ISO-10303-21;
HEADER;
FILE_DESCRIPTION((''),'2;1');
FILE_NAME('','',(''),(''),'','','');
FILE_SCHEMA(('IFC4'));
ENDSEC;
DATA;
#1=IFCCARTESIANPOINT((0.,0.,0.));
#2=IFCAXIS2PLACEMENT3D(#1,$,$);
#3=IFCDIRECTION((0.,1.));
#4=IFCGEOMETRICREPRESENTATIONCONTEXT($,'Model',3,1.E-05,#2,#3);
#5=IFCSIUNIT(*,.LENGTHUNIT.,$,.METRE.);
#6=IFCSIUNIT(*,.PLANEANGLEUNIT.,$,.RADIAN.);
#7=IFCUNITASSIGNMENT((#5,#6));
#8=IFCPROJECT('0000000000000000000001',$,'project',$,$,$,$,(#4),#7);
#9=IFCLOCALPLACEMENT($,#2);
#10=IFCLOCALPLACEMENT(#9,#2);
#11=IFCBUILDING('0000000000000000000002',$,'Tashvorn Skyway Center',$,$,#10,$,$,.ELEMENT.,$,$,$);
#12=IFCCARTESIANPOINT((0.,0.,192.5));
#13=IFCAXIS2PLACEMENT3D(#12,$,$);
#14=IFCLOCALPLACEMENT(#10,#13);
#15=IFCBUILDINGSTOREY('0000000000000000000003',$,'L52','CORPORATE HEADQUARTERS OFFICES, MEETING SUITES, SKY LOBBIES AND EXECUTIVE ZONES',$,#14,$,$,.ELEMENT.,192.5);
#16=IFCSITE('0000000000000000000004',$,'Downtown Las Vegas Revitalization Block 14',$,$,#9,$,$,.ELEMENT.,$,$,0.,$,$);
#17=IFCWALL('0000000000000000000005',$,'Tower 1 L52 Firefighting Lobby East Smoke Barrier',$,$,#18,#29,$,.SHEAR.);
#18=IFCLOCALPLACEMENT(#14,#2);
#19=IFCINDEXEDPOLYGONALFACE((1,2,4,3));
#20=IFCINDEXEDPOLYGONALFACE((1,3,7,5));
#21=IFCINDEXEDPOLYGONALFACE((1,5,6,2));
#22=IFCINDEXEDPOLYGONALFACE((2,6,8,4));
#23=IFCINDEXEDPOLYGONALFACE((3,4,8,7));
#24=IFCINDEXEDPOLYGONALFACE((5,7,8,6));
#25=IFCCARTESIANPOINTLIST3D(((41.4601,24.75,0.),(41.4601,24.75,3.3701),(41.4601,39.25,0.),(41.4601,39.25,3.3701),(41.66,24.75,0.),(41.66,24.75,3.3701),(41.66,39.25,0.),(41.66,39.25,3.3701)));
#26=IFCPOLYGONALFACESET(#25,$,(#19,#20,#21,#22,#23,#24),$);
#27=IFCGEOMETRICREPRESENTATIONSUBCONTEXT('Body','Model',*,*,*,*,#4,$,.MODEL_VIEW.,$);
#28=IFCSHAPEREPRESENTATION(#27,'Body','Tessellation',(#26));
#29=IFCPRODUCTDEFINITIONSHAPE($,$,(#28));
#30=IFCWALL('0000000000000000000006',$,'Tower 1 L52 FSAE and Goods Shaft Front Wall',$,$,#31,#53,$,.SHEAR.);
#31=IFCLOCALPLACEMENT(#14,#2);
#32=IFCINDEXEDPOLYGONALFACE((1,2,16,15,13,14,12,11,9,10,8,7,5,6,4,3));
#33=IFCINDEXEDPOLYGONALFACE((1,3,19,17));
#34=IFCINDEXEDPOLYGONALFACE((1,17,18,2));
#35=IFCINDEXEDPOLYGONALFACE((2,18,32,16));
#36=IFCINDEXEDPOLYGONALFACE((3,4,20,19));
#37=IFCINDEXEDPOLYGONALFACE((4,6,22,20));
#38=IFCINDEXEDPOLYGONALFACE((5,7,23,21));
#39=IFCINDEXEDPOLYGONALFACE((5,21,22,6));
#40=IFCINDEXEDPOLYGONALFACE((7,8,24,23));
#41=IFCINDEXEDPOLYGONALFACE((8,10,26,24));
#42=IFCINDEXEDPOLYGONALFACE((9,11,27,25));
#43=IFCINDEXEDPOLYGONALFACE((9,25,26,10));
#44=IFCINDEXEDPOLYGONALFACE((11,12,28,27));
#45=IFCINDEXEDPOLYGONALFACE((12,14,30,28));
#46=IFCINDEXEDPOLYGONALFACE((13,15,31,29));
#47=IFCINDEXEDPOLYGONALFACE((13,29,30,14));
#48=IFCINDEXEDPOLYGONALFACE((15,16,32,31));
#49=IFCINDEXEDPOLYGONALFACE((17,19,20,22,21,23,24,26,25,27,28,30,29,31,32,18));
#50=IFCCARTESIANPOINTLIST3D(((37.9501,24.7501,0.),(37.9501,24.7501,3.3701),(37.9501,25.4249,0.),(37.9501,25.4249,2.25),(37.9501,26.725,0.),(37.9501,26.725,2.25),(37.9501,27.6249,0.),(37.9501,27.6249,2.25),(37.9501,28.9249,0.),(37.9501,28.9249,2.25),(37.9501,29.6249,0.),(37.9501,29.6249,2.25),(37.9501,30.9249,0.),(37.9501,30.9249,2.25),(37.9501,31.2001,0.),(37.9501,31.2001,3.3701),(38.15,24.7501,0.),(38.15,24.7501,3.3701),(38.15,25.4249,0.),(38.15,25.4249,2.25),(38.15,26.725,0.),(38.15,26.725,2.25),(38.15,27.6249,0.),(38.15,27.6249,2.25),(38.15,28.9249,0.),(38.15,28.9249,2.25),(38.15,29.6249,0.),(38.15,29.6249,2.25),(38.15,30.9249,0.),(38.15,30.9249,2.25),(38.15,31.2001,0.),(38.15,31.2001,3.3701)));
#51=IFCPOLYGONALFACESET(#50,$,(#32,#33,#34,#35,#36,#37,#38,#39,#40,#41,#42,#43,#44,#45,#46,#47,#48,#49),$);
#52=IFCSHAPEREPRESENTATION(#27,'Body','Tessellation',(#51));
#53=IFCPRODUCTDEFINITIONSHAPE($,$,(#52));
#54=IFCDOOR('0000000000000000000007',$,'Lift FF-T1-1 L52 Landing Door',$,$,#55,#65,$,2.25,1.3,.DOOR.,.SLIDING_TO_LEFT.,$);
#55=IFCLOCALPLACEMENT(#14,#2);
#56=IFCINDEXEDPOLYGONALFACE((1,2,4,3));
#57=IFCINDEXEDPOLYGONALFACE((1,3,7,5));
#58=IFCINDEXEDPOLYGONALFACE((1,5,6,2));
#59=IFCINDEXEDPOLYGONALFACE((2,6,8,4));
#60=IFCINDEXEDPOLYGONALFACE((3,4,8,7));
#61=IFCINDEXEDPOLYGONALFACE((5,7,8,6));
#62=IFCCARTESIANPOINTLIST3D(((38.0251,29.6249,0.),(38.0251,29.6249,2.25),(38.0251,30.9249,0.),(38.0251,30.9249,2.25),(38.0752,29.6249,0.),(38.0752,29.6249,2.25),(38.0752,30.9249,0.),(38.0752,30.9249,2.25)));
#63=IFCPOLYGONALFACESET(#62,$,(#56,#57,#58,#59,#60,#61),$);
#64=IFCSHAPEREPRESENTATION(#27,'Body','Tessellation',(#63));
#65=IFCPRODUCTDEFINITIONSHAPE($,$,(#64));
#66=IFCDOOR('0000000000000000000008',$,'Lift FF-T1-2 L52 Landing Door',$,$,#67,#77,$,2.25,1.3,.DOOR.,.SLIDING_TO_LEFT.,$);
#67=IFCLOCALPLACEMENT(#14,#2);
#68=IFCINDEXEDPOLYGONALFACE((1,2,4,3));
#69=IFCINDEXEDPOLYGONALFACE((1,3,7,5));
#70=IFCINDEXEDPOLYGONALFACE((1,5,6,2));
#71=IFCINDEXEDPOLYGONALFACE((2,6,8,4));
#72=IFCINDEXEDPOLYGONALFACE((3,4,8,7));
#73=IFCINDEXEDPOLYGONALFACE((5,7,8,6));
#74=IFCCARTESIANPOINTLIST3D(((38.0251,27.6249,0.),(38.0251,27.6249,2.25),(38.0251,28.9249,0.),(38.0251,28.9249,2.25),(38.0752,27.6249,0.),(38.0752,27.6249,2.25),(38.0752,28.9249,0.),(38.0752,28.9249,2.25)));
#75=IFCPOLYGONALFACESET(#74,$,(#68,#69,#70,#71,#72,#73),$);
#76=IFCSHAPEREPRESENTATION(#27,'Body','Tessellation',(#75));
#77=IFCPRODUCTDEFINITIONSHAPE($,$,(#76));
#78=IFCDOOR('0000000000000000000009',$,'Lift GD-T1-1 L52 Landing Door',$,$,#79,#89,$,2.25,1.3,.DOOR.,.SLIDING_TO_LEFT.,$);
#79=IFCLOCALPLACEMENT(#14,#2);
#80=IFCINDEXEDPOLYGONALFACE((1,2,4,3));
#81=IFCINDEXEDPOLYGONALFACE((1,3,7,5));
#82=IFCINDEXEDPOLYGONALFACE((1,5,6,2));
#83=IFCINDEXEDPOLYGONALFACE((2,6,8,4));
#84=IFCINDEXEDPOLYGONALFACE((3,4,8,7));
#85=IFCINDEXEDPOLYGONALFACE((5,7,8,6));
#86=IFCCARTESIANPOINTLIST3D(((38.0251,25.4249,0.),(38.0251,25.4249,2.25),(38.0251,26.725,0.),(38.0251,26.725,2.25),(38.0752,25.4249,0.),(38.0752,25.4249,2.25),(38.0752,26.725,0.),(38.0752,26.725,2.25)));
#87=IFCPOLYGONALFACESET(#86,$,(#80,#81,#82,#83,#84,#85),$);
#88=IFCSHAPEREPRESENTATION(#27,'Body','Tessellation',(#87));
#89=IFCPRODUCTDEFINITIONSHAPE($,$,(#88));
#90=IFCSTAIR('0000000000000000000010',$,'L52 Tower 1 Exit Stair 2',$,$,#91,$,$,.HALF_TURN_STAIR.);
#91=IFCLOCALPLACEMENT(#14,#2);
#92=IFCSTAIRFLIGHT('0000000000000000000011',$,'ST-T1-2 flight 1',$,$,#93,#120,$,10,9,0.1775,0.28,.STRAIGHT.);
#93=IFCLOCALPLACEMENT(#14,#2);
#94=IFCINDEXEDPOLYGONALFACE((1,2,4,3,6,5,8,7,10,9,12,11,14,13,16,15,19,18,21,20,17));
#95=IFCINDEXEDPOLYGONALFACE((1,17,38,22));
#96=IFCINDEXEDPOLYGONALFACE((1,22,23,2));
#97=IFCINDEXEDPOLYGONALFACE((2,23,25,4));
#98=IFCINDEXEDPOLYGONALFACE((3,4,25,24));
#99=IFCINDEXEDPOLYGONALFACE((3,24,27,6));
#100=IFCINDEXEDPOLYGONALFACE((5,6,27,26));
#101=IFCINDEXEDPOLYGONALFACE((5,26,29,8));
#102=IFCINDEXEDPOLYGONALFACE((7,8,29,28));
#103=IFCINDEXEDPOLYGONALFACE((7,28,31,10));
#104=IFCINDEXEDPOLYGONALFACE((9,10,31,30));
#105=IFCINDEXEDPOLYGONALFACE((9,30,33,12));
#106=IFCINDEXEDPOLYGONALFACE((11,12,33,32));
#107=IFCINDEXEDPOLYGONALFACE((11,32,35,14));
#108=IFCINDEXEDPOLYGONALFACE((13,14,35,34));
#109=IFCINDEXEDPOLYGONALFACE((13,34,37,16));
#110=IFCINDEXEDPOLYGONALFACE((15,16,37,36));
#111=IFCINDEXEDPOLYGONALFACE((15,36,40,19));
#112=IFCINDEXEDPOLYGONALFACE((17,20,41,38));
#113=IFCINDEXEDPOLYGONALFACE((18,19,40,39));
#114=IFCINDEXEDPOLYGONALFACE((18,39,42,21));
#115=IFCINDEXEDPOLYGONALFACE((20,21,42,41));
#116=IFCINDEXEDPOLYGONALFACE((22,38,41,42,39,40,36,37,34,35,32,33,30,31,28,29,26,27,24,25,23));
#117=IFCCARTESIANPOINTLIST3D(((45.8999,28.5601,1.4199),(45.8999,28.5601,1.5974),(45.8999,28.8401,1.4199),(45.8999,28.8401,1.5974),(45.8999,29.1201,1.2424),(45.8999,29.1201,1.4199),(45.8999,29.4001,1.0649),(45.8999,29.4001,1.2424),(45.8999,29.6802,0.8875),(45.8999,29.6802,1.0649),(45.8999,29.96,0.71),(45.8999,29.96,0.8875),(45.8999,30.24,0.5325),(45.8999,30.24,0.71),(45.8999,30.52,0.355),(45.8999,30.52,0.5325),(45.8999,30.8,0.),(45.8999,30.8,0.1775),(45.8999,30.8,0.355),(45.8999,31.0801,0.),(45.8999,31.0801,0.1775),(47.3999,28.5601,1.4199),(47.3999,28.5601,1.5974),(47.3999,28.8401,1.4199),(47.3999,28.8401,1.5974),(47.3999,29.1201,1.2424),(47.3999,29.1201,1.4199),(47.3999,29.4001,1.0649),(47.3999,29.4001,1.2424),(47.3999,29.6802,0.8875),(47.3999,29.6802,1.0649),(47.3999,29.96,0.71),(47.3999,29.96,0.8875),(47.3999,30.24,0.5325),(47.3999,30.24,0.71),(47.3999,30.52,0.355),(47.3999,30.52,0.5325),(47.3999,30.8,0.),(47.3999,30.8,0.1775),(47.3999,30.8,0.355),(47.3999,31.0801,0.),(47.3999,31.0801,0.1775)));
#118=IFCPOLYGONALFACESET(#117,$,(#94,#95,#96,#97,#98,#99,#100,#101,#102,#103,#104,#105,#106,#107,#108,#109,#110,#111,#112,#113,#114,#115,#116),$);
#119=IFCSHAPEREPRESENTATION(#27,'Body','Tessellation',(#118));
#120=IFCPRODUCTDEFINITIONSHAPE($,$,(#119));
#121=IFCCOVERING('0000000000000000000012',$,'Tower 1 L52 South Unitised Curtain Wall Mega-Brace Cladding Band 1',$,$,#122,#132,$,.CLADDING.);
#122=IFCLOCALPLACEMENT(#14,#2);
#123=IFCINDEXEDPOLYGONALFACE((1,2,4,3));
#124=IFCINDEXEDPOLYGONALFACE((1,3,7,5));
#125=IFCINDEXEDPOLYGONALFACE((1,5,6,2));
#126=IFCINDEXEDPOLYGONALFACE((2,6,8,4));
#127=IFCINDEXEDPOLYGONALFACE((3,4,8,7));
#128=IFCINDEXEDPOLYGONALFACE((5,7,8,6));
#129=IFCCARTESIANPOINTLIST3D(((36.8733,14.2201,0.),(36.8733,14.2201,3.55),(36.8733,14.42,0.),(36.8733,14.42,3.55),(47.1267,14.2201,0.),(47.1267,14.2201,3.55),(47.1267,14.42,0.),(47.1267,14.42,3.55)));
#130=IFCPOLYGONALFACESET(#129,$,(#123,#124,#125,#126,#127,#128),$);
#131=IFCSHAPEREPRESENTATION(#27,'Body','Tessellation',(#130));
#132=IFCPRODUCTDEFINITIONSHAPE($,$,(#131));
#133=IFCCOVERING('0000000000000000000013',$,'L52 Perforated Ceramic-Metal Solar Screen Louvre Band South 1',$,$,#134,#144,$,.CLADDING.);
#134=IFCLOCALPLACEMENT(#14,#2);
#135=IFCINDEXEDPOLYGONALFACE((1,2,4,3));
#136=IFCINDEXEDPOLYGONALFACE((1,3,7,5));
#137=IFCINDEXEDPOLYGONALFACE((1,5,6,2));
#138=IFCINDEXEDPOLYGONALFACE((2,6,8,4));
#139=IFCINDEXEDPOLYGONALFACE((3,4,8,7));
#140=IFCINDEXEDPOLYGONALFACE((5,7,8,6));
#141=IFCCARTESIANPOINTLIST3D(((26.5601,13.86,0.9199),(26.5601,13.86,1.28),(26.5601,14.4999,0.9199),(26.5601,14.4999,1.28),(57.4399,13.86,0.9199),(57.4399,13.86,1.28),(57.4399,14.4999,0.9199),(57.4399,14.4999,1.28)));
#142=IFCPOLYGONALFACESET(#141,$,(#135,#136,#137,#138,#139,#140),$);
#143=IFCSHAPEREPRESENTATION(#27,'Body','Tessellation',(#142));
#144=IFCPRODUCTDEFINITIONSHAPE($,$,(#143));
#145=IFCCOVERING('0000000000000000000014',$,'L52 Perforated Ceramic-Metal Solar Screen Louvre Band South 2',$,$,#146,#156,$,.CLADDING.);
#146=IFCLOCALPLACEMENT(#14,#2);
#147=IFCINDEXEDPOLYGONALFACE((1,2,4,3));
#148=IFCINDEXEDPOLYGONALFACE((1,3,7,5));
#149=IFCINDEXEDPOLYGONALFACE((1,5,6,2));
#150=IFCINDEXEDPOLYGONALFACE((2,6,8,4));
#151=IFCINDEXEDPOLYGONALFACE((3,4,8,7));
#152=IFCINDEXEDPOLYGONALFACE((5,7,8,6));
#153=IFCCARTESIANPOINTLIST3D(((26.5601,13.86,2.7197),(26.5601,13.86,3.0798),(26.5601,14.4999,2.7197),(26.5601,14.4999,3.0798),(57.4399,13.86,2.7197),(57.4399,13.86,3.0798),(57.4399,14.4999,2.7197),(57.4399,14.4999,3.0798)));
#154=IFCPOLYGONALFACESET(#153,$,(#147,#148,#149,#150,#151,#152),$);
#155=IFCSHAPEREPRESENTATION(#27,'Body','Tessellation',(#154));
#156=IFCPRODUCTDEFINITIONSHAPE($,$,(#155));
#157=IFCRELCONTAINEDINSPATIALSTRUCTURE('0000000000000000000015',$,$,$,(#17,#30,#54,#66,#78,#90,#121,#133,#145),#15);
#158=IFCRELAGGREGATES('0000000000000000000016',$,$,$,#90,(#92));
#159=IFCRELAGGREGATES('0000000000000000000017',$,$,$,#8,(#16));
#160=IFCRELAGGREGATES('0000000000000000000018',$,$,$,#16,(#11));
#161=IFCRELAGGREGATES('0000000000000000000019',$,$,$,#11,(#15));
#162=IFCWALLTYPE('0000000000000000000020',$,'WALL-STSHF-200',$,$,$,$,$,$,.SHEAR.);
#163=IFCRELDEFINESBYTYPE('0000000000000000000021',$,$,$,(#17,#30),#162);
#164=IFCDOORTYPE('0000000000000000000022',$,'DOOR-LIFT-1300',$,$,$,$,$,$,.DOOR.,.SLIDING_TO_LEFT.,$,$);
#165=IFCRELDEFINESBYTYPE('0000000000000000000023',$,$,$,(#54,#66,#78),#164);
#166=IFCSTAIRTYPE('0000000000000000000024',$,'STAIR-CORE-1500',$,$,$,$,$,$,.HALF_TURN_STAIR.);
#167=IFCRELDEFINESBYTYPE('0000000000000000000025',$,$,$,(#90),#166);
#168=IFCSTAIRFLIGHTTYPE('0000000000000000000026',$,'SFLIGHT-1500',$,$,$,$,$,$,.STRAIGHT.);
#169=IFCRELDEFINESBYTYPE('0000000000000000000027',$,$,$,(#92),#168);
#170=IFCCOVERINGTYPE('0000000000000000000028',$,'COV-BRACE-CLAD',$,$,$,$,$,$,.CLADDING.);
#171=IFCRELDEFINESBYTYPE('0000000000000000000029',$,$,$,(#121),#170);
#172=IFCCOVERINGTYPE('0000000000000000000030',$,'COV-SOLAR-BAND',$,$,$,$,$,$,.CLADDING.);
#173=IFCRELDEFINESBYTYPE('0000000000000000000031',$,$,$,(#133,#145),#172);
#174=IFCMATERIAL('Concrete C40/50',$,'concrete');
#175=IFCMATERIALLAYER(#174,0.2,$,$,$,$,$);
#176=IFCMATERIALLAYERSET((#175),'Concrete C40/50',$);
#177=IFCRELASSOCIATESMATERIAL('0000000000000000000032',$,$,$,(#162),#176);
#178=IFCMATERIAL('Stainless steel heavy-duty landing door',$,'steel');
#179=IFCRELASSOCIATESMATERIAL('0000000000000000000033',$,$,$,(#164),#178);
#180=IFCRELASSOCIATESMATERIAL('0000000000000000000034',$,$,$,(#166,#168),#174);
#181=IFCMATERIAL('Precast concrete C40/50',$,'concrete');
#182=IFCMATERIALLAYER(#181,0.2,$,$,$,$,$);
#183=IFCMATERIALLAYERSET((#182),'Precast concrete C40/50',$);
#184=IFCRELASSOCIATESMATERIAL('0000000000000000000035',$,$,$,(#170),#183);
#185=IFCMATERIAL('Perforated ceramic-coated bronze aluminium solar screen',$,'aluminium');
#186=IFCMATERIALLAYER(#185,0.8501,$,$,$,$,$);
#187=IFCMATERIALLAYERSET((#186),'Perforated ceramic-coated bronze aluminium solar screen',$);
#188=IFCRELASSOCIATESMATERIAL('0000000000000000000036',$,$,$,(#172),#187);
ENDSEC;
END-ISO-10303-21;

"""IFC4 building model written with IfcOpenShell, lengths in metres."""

from ifc_helpers import new_model, si_unit, direction, frame, frame_2d, origin, origin_2d, place, context, subcontext, project, spatial, polyline, rectangle, outline, extrude, material, layer, layer_set, type_object, element, fill, aggregate, save


model = new_model("IFC4")

# Units and contexts
model_context = context("Model", 3, precision=1e-05, world=origin(), true_north=direction((0.0, 1.0)))
body_context = subcontext(model_context, "Body", "Model", "MODEL_VIEW")
ifc_project = project(units=[si_unit("LENGTHUNIT", "METRE"), si_unit("PLANEANGLEUNIT", "RADIAN")], contexts=[model_context])

# Site, building, storey
site_placement = place(None, origin())
site = spatial("IfcSite", under=ifc_project, at=site_placement, Name="Downtown Las Vegas Revitalization Block 14", CompositionType="ELEMENT", RefElevation=0.0)
building_placement = place(site_placement, origin())
building = spatial("IfcBuilding", under=site, at=building_placement, Name="Tashvorn Skyway Center", CompositionType="ELEMENT")
storey_placement = place(building_placement, frame((0.0, 0.0, 192.5)))
storey = spatial("IfcBuildingStorey", under=building, at=storey_placement, Name="L52", Description="CORPORATE HEADQUARTERS OFFICES, MEETING SUITES, SKY LOBBIES AND EXECUTIVE ZONES", CompositionType="ELEMENT", Elevation=192.5)

# Shared definitions
ifc_material_1 = material(Name="Concrete C40/50", Category="concrete")

# Shared definitions
ifc_layer_1 = layer(ifc_material_1, 0.2)
ifc_layer_set_1 = layer_set([ifc_layer_1], Name="Concrete C40/50")
wall_type_1 = type_object("IfcWallType", Name="WALL-STSHF-200", PredefinedType="SHEAR", material=ifc_layer_set_1)

# Wall
wall_1_placement = place(storey_placement, frame((41.5601, 24.75, 0.0), z_axis=(0.0, 0.0, 1.0), x_axis=(0.0, 1.0, 0.0)))
element("IfcWall", 1, at=wall_1_placement, inside=storey, type_object=wall_type_1, Name="Tower 1 L52 Firefighting Lobby East Smoke Barrier", PredefinedType="SHEAR", context=body_context, shape_type="SweptSolid", body=[
    extrude(rectangle(XDim=14.5, YDim=0.2, at=frame_2d((7.25, 0.0))), origin(), (0.0, 0.0, 1.0), 3.3701),
])

# Wall, openings, doors
wall_2_placement = place(storey_placement, frame((38.05, 24.75, 0.0), z_axis=(0.0, 0.0, 1.0), x_axis=(0.0, 1.0, 0.0)))
wall_2 = element("IfcWall", 2, at=wall_2_placement, inside=storey, type_object=wall_type_1, Name="Tower 1 L52 FSAE and Goods Shaft Front Wall", PredefinedType="SHEAR", context=body_context, shape_type="SweptSolid", body=[
    extrude(rectangle(XDim=6.45, YDim=0.2, at=frame_2d((3.2251, 0.0))), origin(), (0.0, 0.0, 1.0), 3.3701),
])
opening_1_placement = place(wall_2_placement, frame((4.875, 0.0, 0.0)))
opening_1 = element("IfcOpeningElement", 3, at=opening_1_placement, cuts=wall_2, PredefinedType="OPENING", context=body_context, shape_type="SweptSolid", body=[
    extrude(rectangle(XDim=1.3, YDim=2.25, at=frame_2d((0.6499, 1.125))), frame((0.0, 0.1099, 0.0), z_axis=(0.0, -1.0, 0.0), x_axis=(1.0, 0.0, 0.0)), (0.0, 0.0, 1.0), 0.22),
])
opening_2_placement = place(wall_2_placement, frame((2.875, 0.0, 0.0)))
opening_2 = element("IfcOpeningElement", 4, at=opening_2_placement, cuts=wall_2, PredefinedType="OPENING", context=body_context, shape_type="SweptSolid", body=[
    extrude(rectangle(XDim=1.3, YDim=2.25, at=frame_2d((0.6499, 1.125))), frame((0.0, 0.1099, 0.0), z_axis=(0.0, -1.0, 0.0), x_axis=(1.0, 0.0, 0.0)), (0.0, 0.0, 1.0), 0.22),
])
opening_3_placement = place(wall_2_placement, frame((0.675, 0.0, 0.0)))
opening_3 = element("IfcOpeningElement", 5, at=opening_3_placement, cuts=wall_2, PredefinedType="OPENING", context=body_context, shape_type="SweptSolid", body=[
    extrude(rectangle(XDim=1.3, YDim=2.25, at=frame_2d((0.6499, 1.125))), frame((0.0, 0.1099, 0.0), z_axis=(0.0, -1.0, 0.0), x_axis=(1.0, 0.0, 0.0)), (0.0, 0.0, 1.0), 0.22),
])
ifc_material_2 = material(Name="Stainless steel heavy-duty landing door", Category="steel")
door_type_1 = type_object("IfcDoorType", Name="DOOR-LIFT-1300", OperationType="SLIDING_TO_LEFT", PredefinedType="DOOR", material=ifc_material_2)
door_1_placement = place(opening_1_placement, origin())
door_1 = element("IfcDoor", 6, at=door_1_placement, inside=storey, type_object=door_type_1, Name="Lift FF-T1-1 L52 Landing Door", OperationType="SLIDING_TO_LEFT", OverallHeight=2.25, OverallWidth=1.3, PredefinedType="DOOR", context=body_context, shape_type="SweptSolid", body=[
    extrude(rectangle(XDim=1.3, YDim=2.25, at=frame_2d((0.6499, 1.125))), frame((0.0, 0.0249, 0.0), z_axis=(0.0, -1.0, 0.0), x_axis=(1.0, 0.0, 0.0)), (0.0, 0.0, 1.0), 0.05),
])
fill(opening_1, door_1)
door_2_placement = place(opening_2_placement, origin())
door_2 = element("IfcDoor", 7, at=door_2_placement, inside=storey, type_object=door_type_1, Name="Lift FF-T1-2 L52 Landing Door", OperationType="SLIDING_TO_LEFT", OverallHeight=2.25, OverallWidth=1.3, PredefinedType="DOOR", context=body_context, shape_type="SweptSolid", body=[
    extrude(rectangle(XDim=1.3, YDim=2.25, at=frame_2d((0.6499, 1.125))), frame((0.0, 0.0249, 0.0), z_axis=(0.0, -1.0, 0.0), x_axis=(1.0, 0.0, 0.0)), (0.0, 0.0, 1.0), 0.05),
])
fill(opening_2, door_2)
door_3_placement = place(opening_3_placement, origin())
door_3 = element("IfcDoor", 8, at=door_3_placement, inside=storey, type_object=door_type_1, Name="Lift GD-T1-1 L52 Landing Door", OperationType="SLIDING_TO_LEFT", OverallHeight=2.25, OverallWidth=1.3, PredefinedType="DOOR", context=body_context, shape_type="SweptSolid", body=[
    extrude(rectangle(XDim=1.3, YDim=2.25, at=frame_2d((0.6499, 1.125))), frame((0.0, 0.0249, 0.0), z_axis=(0.0, -1.0, 0.0), x_axis=(1.0, 0.0, 0.0)), (0.0, 0.0, 1.0), 0.05),
])
fill(opening_3, door_3)

# Stair, stair flight
stair_type = type_object("IfcStairType", Name="STAIR-CORE-1500", PredefinedType="HALF_TURN_STAIR", material=ifc_material_1)
stair_placement = place(storey_placement, origin())
stair = element("IfcStair", 9, at=stair_placement, inside=storey, type_object=stair_type, Name="L52 Tower 1 Exit Stair 2", PredefinedType="HALF_TURN_STAIR")
stair_flight_type = type_object("IfcStairFlightType", Name="SFLIGHT-1500", PredefinedType="STRAIGHT", material=ifc_material_1)
stair_flight_placement = place(storey_placement, frame((46.6499, 31.0801, 0.0), z_axis=(0.0, 0.0, 1.0), x_axis=(0.0, -1.0, 0.0)))
stair_flight = element("IfcStairFlight", 10, at=stair_flight_placement, type_object=stair_flight_type, Name="ST-T1-2 flight 1", NumberOfRisers=10, NumberOfTreads=9, PredefinedType="STRAIGHT", RiserHeight=0.1775, TreadLength=0.28, context=body_context, shape_type="SweptSolid", body=[
    extrude(outline(polyline([(0.0, 0.0), (0.0, 0.1775), (0.28, 0.1775), (0.28, 0.355), (0.5601, 0.355), (0.5601, 0.5325), (0.8401, 0.5325), (0.8401, 0.71), (1.1201, 0.71), (1.1201, 0.8875), (1.3999, 0.8875), (1.3999, 1.0649), (1.6799, 1.0649), (1.6799, 1.2424), (1.96, 1.2424), (1.96, 1.4199), (2.24, 1.4199), (2.24, 1.5974), (2.52, 1.5974), (2.52, 1.7749), (2.52, 1.4199), (0.28, 0.0), (0.0, 0.0)])), frame((0.0, 0.75, 0.0), z_axis=(0.0, -1.0, 0.0), x_axis=(1.0, 0.0, 0.0)), (0.0, 0.0, 1.0), 1.5),
])
aggregate(stair, [stair_flight])

# Coverings
ifc_material_3 = material(Name="Precast concrete C40/50", Category="concrete")
ifc_layer_2 = layer(ifc_material_3, 0.2)
ifc_layer_set_2 = layer_set([ifc_layer_2], Name="Precast concrete C40/50")
covering_type_1 = type_object("IfcCoveringType", Name="COV-BRACE-CLAD", PredefinedType="CLADDING", material=ifc_layer_set_2)
covering_placement = place(storey_placement, frame((42.0, 14.3201, 0.0), z_axis=(0.0, 0.0, 1.0), x_axis=(-1.0, 0.0, 0.0)))
element("IfcCovering", 11, at=covering_placement, inside=storey, type_object=covering_type_1, Name="Tower 1 L52 South Unitised Curtain Wall Mega-Brace Cladding Band 1", PredefinedType="CLADDING", context=body_context, shape_type="SweptSolid", body=[
    extrude(rectangle(XDim=10.2534, YDim=0.2, at=origin_2d()), origin(), (0.0, 0.0, 1.0), 3.55),
])
ifc_material_4 = material(Name="Perforated ceramic-coated bronze aluminium solar screen", Category="aluminium")
ifc_layer_3 = layer(ifc_material_4, 0.8501)
ifc_layer_set_3 = layer_set([ifc_layer_3], Name="Perforated ceramic-coated bronze aluminium solar screen")
covering_type_2 = type_object("IfcCoveringType", Name="COV-SOLAR-BAND", PredefinedType="CLADDING", material=ifc_layer_set_3)
for number, where, z_axis, x_axis, name in (
    (12, (42.0, 14.1799, 0.9199), (0.0, 0.0, 1.0), (-1.0, 0.0, 0.0), "L52 Perforated Ceramic-Metal Solar Screen Louvre Band South 1"),
    (13, (42.0, 14.1799, 2.7197), (0.0, 0.0, 1.0), (-1.0, 0.0, 0.0), "L52 Perforated Ceramic-Metal Solar Screen Louvre Band South 2"),
):
    element("IfcCovering", number, at=place(storey_placement, frame(where, z_axis=z_axis, x_axis=x_axis)), inside=storey, type_object=covering_type_2, Name=name, PredefinedType="CLADDING", context=body_context, shape_type="SweptSolid", body=[
        extrude(rectangle(XDim=30.8799, YDim=0.6399, at=origin_2d()), origin(), (0.0, 0.0, 1.0), 0.3601),
    ])

save(model, "model.ifc")
